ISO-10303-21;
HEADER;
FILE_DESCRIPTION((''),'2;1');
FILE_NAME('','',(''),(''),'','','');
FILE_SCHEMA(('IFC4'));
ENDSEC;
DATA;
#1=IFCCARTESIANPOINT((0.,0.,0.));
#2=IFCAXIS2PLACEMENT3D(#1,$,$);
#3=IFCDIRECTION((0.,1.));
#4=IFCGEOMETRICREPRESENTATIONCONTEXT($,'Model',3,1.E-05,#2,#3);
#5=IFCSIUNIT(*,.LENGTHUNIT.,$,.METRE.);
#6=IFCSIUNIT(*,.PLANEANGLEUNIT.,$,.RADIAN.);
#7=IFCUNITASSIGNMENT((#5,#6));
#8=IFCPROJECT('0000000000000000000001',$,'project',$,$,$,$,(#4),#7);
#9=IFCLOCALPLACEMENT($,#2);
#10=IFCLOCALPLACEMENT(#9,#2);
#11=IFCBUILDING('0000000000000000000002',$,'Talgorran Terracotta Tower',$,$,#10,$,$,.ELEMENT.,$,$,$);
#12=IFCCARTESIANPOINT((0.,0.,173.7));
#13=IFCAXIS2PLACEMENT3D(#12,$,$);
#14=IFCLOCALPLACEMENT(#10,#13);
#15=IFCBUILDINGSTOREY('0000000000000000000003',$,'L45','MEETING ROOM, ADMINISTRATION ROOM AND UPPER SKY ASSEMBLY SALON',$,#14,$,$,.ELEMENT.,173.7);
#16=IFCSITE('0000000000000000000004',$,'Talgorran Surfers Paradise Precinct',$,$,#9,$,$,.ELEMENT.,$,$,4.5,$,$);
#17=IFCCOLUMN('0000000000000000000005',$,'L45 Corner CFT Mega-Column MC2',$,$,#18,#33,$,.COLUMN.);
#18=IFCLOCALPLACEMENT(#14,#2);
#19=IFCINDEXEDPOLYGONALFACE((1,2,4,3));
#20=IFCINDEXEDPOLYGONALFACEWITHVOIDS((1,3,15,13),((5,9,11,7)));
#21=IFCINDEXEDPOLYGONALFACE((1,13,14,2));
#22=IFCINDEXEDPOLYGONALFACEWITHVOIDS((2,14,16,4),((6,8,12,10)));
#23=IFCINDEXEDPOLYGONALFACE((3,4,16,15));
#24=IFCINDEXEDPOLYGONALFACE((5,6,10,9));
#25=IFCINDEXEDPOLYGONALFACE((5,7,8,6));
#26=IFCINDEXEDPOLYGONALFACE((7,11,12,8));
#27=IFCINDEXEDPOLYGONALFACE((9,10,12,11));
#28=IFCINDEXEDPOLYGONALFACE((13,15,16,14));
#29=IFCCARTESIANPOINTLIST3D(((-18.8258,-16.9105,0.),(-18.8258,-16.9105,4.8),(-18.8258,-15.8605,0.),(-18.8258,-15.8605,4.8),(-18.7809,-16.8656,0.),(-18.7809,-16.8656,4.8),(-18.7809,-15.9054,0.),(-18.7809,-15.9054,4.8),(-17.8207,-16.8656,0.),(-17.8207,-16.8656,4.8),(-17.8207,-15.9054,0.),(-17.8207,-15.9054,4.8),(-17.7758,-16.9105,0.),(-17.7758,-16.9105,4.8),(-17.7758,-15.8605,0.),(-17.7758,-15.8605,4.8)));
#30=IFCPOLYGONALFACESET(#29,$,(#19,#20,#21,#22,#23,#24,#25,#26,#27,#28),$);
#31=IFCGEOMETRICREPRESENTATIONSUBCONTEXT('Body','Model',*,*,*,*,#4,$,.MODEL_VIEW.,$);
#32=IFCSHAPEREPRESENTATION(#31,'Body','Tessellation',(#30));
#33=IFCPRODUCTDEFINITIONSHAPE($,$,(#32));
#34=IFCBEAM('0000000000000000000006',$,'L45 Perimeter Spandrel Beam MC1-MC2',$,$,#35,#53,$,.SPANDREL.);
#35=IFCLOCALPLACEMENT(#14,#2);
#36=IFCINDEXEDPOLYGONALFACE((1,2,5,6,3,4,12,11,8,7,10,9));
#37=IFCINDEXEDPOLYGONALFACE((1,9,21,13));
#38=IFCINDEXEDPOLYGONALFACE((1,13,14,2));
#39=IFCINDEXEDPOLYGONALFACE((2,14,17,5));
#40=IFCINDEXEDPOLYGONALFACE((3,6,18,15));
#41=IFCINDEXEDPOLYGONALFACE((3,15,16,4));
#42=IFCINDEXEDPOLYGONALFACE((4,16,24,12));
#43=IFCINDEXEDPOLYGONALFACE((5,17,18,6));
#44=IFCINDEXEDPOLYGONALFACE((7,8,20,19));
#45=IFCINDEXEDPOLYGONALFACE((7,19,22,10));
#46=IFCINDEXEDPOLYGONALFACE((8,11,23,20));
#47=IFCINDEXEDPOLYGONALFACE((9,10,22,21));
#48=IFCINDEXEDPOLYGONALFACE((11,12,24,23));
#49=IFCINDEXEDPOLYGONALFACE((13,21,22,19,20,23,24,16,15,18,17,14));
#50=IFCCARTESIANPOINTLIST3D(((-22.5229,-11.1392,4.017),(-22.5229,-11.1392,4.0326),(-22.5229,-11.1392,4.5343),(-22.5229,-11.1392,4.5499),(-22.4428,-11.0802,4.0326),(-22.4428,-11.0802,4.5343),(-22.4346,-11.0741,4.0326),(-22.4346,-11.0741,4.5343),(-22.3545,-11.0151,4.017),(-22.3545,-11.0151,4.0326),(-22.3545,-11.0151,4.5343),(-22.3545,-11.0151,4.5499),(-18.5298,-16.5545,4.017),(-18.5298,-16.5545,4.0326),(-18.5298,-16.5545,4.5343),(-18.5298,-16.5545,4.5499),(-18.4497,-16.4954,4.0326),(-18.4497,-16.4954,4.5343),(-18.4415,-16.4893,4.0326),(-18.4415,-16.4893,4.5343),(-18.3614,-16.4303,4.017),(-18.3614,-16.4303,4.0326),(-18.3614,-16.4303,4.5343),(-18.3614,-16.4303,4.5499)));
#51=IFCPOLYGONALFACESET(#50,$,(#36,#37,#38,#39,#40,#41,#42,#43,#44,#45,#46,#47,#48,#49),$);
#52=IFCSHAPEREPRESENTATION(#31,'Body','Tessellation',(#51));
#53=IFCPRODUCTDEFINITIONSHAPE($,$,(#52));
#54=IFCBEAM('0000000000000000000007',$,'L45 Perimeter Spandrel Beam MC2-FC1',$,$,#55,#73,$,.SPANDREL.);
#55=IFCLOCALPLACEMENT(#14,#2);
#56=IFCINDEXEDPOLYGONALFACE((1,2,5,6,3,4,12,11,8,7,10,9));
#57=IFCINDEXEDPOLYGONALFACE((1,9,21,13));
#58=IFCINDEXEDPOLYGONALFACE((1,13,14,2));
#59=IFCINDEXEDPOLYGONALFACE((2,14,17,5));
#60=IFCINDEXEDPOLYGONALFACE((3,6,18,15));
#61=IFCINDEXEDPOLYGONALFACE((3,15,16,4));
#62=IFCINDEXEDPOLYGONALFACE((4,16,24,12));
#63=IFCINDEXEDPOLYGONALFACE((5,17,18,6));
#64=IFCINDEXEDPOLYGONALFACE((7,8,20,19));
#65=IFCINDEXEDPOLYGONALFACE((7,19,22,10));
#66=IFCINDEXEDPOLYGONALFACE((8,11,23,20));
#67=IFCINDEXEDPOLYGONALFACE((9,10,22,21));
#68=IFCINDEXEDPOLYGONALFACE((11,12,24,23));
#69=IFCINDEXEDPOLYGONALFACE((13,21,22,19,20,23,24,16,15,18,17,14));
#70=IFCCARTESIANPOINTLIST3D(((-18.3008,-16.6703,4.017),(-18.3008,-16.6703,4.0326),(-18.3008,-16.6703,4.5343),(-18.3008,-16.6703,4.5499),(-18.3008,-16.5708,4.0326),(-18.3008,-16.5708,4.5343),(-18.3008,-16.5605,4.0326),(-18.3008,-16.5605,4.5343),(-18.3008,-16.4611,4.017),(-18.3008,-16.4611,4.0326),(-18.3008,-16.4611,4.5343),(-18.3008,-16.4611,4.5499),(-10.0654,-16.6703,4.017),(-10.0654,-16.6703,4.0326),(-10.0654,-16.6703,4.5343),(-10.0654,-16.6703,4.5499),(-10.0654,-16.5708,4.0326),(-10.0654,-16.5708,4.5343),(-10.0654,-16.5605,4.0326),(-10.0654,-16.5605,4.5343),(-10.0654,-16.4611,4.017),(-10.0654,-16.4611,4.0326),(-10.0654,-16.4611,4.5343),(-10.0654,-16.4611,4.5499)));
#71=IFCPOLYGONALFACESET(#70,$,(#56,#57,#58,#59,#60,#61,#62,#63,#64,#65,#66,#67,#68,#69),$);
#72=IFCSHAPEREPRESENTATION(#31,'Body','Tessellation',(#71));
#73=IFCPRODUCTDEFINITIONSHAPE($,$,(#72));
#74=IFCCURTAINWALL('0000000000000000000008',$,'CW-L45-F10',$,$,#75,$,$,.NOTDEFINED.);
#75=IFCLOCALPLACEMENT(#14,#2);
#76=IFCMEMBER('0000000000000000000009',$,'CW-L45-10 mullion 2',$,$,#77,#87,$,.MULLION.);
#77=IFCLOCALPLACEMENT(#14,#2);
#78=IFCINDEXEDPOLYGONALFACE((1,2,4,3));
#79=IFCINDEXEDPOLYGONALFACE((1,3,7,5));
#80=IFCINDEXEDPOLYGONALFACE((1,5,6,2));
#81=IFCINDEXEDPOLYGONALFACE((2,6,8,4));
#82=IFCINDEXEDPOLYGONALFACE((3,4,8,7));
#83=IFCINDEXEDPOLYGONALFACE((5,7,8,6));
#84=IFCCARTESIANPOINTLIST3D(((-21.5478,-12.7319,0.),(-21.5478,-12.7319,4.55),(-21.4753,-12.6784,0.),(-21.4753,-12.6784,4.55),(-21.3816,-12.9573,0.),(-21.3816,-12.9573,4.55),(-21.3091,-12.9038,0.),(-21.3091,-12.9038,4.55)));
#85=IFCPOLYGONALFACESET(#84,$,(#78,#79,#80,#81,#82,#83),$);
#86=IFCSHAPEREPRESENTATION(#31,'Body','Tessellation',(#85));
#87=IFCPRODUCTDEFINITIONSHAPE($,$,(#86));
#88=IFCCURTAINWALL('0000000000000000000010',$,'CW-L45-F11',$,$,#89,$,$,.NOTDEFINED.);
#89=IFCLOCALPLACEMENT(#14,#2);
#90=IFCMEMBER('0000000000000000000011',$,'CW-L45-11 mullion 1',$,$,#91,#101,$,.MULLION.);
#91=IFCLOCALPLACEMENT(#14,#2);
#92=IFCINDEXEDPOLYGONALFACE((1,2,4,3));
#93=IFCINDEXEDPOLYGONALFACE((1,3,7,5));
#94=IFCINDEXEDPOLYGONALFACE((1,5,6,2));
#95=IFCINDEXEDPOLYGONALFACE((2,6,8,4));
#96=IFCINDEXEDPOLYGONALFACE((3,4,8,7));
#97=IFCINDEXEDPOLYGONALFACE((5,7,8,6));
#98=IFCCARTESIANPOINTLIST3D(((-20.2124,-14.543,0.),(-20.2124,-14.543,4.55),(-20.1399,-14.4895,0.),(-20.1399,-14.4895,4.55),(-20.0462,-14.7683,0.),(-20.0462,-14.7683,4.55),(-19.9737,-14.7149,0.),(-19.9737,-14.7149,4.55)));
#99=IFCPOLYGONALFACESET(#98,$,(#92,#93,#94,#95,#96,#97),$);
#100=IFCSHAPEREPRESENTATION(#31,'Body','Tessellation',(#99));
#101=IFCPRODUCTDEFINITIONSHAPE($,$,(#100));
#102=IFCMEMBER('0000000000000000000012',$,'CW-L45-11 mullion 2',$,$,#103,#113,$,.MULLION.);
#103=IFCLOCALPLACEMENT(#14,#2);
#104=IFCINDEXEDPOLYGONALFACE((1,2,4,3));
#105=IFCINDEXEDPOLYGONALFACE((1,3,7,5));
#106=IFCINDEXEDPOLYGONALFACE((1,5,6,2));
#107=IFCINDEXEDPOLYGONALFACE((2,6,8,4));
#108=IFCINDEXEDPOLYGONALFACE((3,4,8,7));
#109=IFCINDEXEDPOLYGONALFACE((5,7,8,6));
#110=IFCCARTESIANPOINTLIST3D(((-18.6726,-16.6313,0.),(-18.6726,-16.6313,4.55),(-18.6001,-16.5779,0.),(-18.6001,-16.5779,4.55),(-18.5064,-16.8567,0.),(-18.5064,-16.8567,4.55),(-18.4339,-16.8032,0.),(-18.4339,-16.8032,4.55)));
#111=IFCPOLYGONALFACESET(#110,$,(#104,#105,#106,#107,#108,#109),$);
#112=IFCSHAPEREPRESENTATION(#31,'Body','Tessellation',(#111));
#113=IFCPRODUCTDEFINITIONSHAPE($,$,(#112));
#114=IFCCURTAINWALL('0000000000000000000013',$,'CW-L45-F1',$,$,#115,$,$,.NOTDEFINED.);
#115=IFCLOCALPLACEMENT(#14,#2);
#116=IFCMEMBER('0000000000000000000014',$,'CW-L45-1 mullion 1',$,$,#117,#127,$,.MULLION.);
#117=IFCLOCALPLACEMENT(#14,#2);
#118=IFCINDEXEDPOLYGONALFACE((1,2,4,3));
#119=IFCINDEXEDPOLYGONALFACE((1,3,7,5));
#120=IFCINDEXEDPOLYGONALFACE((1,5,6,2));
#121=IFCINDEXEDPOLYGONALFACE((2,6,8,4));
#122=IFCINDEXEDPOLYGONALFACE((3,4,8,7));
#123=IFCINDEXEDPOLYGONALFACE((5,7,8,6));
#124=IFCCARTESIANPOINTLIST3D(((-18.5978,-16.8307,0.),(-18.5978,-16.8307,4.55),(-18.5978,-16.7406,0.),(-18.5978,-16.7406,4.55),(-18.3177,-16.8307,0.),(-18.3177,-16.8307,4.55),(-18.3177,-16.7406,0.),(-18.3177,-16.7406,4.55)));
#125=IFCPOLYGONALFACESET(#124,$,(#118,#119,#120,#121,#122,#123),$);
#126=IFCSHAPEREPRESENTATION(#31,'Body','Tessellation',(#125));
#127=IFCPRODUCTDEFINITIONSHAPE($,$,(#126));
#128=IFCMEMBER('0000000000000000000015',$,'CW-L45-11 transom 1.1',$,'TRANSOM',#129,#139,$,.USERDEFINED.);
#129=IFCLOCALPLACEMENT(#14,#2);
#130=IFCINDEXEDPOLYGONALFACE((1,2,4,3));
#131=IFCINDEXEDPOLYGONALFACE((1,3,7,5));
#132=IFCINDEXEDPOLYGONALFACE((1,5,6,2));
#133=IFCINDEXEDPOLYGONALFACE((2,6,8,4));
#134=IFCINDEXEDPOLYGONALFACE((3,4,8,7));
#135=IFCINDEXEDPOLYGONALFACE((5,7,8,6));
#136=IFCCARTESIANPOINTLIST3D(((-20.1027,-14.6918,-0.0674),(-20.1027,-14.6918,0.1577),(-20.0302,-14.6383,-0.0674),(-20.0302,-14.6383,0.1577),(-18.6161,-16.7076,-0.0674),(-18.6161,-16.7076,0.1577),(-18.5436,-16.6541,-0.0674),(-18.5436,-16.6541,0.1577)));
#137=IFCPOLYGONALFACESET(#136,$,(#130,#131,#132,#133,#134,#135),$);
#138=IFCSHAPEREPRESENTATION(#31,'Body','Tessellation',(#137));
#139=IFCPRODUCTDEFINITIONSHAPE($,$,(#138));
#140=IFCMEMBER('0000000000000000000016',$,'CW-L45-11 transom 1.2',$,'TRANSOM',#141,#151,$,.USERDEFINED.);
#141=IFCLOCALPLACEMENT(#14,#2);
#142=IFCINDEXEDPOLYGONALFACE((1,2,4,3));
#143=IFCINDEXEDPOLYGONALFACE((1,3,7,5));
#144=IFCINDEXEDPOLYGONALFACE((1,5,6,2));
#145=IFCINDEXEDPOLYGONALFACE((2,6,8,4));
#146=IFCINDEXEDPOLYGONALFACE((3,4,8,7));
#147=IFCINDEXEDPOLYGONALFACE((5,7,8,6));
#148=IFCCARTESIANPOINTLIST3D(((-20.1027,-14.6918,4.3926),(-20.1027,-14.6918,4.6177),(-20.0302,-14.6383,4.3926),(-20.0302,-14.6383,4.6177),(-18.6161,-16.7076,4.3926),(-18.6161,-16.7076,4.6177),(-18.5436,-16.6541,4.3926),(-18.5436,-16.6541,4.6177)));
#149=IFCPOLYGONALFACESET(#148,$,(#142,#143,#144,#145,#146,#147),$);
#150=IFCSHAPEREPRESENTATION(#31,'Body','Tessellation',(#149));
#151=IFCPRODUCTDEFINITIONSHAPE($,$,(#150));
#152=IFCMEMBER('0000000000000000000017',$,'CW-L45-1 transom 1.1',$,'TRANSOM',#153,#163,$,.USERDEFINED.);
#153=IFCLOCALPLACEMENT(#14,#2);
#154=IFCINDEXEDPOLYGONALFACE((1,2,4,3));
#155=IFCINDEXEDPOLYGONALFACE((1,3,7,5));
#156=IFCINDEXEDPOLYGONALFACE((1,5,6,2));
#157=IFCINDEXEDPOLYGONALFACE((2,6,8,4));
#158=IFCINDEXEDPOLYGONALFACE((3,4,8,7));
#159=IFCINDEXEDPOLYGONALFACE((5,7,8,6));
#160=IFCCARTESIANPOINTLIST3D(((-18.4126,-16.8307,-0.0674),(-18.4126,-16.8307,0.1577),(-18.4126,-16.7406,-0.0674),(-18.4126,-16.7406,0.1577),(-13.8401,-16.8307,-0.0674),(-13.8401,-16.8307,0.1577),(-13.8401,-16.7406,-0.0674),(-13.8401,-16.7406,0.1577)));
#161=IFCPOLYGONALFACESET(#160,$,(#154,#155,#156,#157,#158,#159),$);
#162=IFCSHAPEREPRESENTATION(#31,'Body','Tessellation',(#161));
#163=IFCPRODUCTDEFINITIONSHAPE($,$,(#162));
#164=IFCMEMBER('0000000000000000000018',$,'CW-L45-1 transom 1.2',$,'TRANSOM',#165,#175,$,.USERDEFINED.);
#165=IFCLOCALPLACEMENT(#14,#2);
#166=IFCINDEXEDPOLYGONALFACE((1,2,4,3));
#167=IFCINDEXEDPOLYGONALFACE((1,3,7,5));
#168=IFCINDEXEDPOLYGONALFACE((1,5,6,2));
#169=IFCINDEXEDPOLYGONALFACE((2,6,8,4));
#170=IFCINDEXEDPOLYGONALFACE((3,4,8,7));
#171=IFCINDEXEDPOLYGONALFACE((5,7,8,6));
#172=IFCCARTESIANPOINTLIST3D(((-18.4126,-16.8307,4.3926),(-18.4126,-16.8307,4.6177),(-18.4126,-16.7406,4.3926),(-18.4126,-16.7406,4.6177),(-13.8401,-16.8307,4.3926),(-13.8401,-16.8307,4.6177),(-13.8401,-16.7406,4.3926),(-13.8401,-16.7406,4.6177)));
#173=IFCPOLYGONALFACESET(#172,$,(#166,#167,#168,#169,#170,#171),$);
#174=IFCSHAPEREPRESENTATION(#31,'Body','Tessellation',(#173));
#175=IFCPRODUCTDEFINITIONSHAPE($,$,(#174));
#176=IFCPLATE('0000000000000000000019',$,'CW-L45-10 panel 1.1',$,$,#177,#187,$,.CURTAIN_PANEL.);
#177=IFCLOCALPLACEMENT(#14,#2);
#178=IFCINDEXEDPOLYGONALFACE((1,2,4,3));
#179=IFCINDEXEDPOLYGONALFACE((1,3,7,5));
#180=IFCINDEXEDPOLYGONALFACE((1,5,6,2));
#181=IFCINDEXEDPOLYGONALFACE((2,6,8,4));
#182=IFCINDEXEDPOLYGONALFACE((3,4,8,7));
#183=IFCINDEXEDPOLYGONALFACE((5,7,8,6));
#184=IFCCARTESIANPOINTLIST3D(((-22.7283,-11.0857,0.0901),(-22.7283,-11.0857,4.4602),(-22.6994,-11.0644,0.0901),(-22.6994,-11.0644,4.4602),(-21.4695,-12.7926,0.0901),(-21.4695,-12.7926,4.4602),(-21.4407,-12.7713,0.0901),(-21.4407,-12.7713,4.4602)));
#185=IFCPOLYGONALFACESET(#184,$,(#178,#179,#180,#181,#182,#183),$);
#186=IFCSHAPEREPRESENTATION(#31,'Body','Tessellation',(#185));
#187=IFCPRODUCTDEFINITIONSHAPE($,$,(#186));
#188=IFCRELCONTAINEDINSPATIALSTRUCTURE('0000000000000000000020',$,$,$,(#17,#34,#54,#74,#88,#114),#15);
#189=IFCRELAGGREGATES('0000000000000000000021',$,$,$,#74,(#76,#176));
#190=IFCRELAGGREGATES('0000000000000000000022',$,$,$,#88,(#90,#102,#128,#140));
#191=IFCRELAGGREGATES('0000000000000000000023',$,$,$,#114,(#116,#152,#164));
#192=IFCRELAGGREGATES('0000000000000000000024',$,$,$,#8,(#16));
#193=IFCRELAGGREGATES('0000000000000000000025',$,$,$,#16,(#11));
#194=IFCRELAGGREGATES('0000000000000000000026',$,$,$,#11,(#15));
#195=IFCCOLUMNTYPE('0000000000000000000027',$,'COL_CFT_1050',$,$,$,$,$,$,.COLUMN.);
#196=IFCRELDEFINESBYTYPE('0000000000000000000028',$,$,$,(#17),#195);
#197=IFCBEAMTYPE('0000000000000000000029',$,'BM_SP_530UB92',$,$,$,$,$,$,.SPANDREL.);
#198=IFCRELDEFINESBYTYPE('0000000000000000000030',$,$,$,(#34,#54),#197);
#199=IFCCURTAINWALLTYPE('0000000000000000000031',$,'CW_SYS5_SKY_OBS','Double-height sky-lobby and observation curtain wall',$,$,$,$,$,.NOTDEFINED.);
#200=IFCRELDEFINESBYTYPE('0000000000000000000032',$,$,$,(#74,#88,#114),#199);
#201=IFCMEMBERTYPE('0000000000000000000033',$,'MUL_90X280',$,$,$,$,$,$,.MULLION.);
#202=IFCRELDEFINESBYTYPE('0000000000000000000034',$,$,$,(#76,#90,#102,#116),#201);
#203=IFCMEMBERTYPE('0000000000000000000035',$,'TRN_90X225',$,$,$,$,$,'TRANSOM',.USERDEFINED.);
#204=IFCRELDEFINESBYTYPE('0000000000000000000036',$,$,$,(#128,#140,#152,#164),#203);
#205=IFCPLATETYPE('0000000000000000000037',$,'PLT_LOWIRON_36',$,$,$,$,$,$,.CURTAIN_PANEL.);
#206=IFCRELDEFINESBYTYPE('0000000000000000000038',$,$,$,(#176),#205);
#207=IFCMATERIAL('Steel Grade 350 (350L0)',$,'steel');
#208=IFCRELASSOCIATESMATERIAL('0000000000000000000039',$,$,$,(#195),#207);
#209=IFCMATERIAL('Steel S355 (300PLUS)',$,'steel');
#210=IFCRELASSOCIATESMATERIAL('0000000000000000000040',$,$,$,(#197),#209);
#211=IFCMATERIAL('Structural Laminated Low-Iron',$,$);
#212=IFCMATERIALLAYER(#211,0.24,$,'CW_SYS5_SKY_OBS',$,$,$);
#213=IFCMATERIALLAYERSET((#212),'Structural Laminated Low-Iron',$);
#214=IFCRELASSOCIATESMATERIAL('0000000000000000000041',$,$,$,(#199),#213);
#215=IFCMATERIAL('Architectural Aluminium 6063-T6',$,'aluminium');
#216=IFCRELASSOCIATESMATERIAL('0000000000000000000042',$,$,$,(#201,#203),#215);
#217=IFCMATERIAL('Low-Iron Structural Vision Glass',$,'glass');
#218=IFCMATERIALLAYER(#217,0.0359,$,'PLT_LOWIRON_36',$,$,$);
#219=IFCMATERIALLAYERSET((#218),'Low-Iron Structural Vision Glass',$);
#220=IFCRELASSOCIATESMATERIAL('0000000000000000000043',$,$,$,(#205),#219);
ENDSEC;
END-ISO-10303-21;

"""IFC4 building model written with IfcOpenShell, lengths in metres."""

from ifc_helpers import new_model, si_unit, direction, frame, origin, origin_2d, place, context, subcontext, project, spatial, rectangle, hollow_rectangle, i_section, extrude, source, transform, mapped, material, layer, layer_set, material_profile, profile_set, type_object, element, aggregate, save


model = new_model("IFC4")

# Units and contexts
model_context = context("Model", 3, precision=1e-05, world=origin(), true_north=direction((0.0, 1.0)))
body_context = subcontext(model_context, "Body", "Model", "MODEL_VIEW")
ifc_project = project(units=[si_unit("LENGTHUNIT", "METRE"), si_unit("PLANEANGLEUNIT", "RADIAN")], contexts=[model_context])

# Site, building, storey
site_placement = place(None, origin())
site = spatial("IfcSite", under=ifc_project, at=site_placement, Name="Talgorran Surfers Paradise Precinct", CompositionType="ELEMENT", RefElevation=4.5)
building_placement = place(site_placement, origin())
building = spatial("IfcBuilding", under=site, at=building_placement, Name="Talgorran Terracotta Tower", CompositionType="ELEMENT")
storey_placement = place(building_placement, frame((0.0, 0.0, 173.7)))
storey = spatial("IfcBuildingStorey", under=building, at=storey_placement, Name="L45", Description="MEETING ROOM, ADMINISTRATION ROOM AND UPPER SKY ASSEMBLY SALON", CompositionType="ELEMENT", Elevation=173.7)

# Column
ifc_material_1 = material(Name="Steel Grade 350 (350L0)", Category="steel")
ifc_material_profile_1 = material_profile(ifc_material_1, hollow_rectangle(XDim=1.05, YDim=1.05, WallThickness=0.0449, at=origin_2d()), Name="CFT1050X1050X45")
ifc_profile_set_1 = profile_set([ifc_material_profile_1], Name="Steel Grade 350 (350L0)")
column_type = type_object("IfcColumnType", Name="COL_CFT_1050", PredefinedType="COLUMN", material=ifc_profile_set_1)
column_placement = place(storey_placement, frame((-18.3008, -16.3855, 0.0), z_axis=(0.0, 0.0, 1.0), x_axis=(1.0, 0.0, 0.0)))
element("IfcColumn", 1, at=column_placement, inside=storey, type_object=column_type, Name="L45 Corner CFT Mega-Column MC2", PredefinedType="COLUMN", context=body_context, shape_type="SweptSolid", body=[
    extrude(hollow_rectangle(XDim=1.05, YDim=1.05, WallThickness=0.0449, at=origin_2d()), origin(), (0.0, 0.0, 1.0), 4.8),
])

# Beams
ifc_material_2 = material(Name="Steel S355 (300PLUS)", Category="steel")
ifc_material_profile_2 = material_profile(ifc_material_2, i_section(OverallWidth=0.2092, OverallDepth=0.533, WebThickness=0.0103, FlangeThickness=0.0156, at=origin_2d()), Name="530UB92.4")
ifc_profile_set_2 = profile_set([ifc_material_profile_2], Name="Steel S355 (300PLUS)")
beam_type = type_object("IfcBeamType", Name="BM_SP_530UB92", PredefinedType="SPANDREL", material=ifc_profile_set_2)
beam_1_placement = place(storey_placement, frame((-22.4387, -11.0771, 4.2834), z_axis=(0.593484, -0.804846, 0.0), x_axis=(0.804846, 0.593484, 0.0)))
element("IfcBeam", 2, at=beam_1_placement, inside=storey, type_object=beam_type, Name="L45 Perimeter Spandrel Beam MC1-MC2", PredefinedType="SPANDREL", context=body_context, shape_type="SweptSolid", body=[
    extrude(i_section(OverallWidth=0.2092, OverallDepth=0.533, WebThickness=0.0103, FlangeThickness=0.0156, at=origin_2d()), origin(), (0.0, 0.0, 1.0), 6.7283),
])
beam_2_placement = place(storey_placement, frame((-18.3008, -16.5657, 4.2834), z_axis=(1.0, 0.0, 0.0), x_axis=(0.0, 1.0, 0.0)))
element("IfcBeam", 3, at=beam_2_placement, inside=storey, type_object=beam_type, Name="L45 Perimeter Spandrel Beam MC2-FC1", PredefinedType="SPANDREL", context=body_context, shape_type="SweptSolid", body=[
    extrude(i_section(OverallWidth=0.2092, OverallDepth=0.533, WebThickness=0.0103, FlangeThickness=0.0156, at=origin_2d()), origin(), (0.0, 0.0, 1.0), 8.2354),
])

# Curtain wall, member
ifc_material_3 = material(Name="Structural Laminated Low-Iron")
ifc_layer_1 = layer(ifc_material_3, 0.24, Name="CW_SYS5_SKY_OBS")
ifc_layer_set_1 = layer_set([ifc_layer_1], Name="Structural Laminated Low-Iron")
curtain_wall_type = type_object("IfcCurtainWallType", Name="CW_SYS5_SKY_OBS", Description="Double-height sky-lobby and observation curtain wall", PredefinedType="NOTDEFINED", material=ifc_layer_set_1)
curtain_wall_1_placement = place(storey_placement, origin())
curtain_wall_1 = element("IfcCurtainWall", 4, at=curtain_wall_1_placement, inside=storey, type_object=curtain_wall_type, Name="CW-L45-F10", PredefinedType="NOTDEFINED")
ifc_material_4 = material(Name="Architectural Aluminium 6063-T6", Category="aluminium")
ifc_material_profile_3 = material_profile(ifc_material_4, rectangle(XDim=0.0901, YDim=0.28, at=origin_2d()), Name="CWM90X280")
ifc_profile_set_3 = profile_set([ifc_material_profile_3], Name="Architectural Aluminium 6063-T6")
member_type_1 = type_object("IfcMemberType", Name="MUL_90X280", PredefinedType="MULLION", material=ifc_profile_set_3)
member_1_placement = place(storey_placement, frame((-21.4285, -12.8179, 0.0), z_axis=(0.0, 0.0, 1.0), x_axis=(0.80483, 0.593506, 0.0)))
member_1 = element("IfcMember", 5, at=member_1_placement, type_object=member_type_1, Name="CW-L45-10 mullion 2", PredefinedType="MULLION", context=body_context, shape_type="SweptSolid", body=[
    extrude(rectangle(XDim=0.0901, YDim=0.28, at=origin_2d()), origin(), (0.0, 0.0, 1.0), 4.55),
])

# Curtain wall, members
curtain_wall_2_placement = place(storey_placement, origin())
curtain_wall_2 = element("IfcCurtainWall", 6, at=curtain_wall_2_placement, inside=storey, type_object=curtain_wall_type, Name="CW-L45-F11", PredefinedType="NOTDEFINED")
member_2_placement = place(storey_placement, frame((-20.093, -14.6289, 0.0), z_axis=(0.0, 0.0, 1.0), x_axis=(0.804824, 0.593514, 0.0)))
member_2 = element("IfcMember", 7, at=member_2_placement, type_object=member_type_1, Name="CW-L45-11 mullion 1", PredefinedType="MULLION", context=body_context, shape_type="SweptSolid", body=[
    extrude(rectangle(XDim=0.0901, YDim=0.28, at=origin_2d()), origin(), (0.0, 0.0, 1.0), 4.55),
])
member_3_placement = place(storey_placement, frame((-18.5532, -16.7173, 0.0), z_axis=(0.0, 0.0, 1.0), x_axis=(0.804824, 0.593514, 0.0)))
member_3 = element("IfcMember", 8, at=member_3_placement, type_object=member_type_1, Name="CW-L45-11 mullion 2", PredefinedType="MULLION", context=body_context, shape_type="SweptSolid", body=[
    extrude(rectangle(XDim=0.0901, YDim=0.28, at=origin_2d()), origin(), (0.0, 0.0, 1.0), 4.55),
])

# Curtain wall, member
curtain_wall_3_placement = place(storey_placement, origin())
curtain_wall_3 = element("IfcCurtainWall", 9, at=curtain_wall_3_placement, inside=storey, type_object=curtain_wall_type, Name="CW-L45-F1", PredefinedType="NOTDEFINED")
member_4_placement = place(storey_placement, frame((-18.4578, -16.7856, 0.0), z_axis=(0.0, 0.0, 1.0), x_axis=(0.0, 1.0, 0.0)))
member_4 = element("IfcMember", 10, at=member_4_placement, type_object=member_type_1, Name="CW-L45-1 mullion 1", PredefinedType="MULLION", context=body_context, shape_type="SweptSolid", body=[
    extrude(rectangle(XDim=0.0901, YDim=0.28, at=origin_2d()), origin(), (0.0, 0.0, 1.0), 4.55),
])

# Members
ifc_material_profile_4 = material_profile(ifc_material_4, rectangle(XDim=0.0901, YDim=0.2251, at=origin_2d()), Name="CWT90X225")
ifc_profile_set_4 = profile_set([ifc_material_profile_4], Name="Architectural Aluminium 6063-T6")
member_type_2 = type_object("IfcMemberType", Name="TRN_90X225", ElementType="TRANSOM", PredefinedType="USERDEFINED", material=ifc_profile_set_4)
member_5_placement = place(storey_placement, frame((-20.0664, -14.665, 0.0452), z_axis=(0.593508, -0.804828, 0.0), x_axis=(0.804828, 0.593508, 0.0)))
member_5 = element("IfcMember", 11, at=member_5_placement, type_object=member_type_2, Name="CW-L45-11 transom 1.1", ObjectType="TRANSOM", PredefinedType="USERDEFINED", context=body_context, shape_type="SweptSolid", body=[
    extrude(rectangle(XDim=0.0901, YDim=0.2251, at=origin_2d()), origin(), (0.0, 0.0, 1.0), 2.5046),
])
member_6_placement = place(storey_placement, frame((-20.0664, -14.665, 4.5051), z_axis=(0.593508, -0.804828, 0.0), x_axis=(0.804828, 0.593508, 0.0)))
member_6 = element("IfcMember", 12, at=member_6_placement, type_object=member_type_2, Name="CW-L45-11 transom 1.2", ObjectType="TRANSOM", PredefinedType="USERDEFINED", context=body_context, shape_type="SweptSolid", body=[
    extrude(rectangle(XDim=0.0901, YDim=0.2251, at=origin_2d()), origin(), (0.0, 0.0, 1.0), 2.5046),
])
member_7_placement = place(storey_placement, frame((-18.4126, -16.7856, 0.0452), z_axis=(1.0, 0.0, 0.0), x_axis=(0.0, 1.0, 0.0)))
member_7 = element("IfcMember", 13, at=member_7_placement, type_object=member_type_2, Name="CW-L45-1 transom 1.1", ObjectType="TRANSOM", PredefinedType="USERDEFINED", context=body_context, shape_type="SweptSolid", body=[
    extrude(rectangle(XDim=0.0901, YDim=0.2251, at=origin_2d()), origin(), (0.0, 0.0, 1.0), 4.5725),
])
member_8_placement = place(storey_placement, frame((-18.4126, -16.7856, 4.5051), z_axis=(1.0, 0.0, 0.0), x_axis=(0.0, 1.0, 0.0)))
member_8 = element("IfcMember", 14, at=member_8_placement, type_object=member_type_2, Name="CW-L45-1 transom 1.2", ObjectType="TRANSOM", PredefinedType="USERDEFINED", context=body_context, shape_type="SweptSolid", body=[
    extrude(rectangle(XDim=0.0901, YDim=0.2251, at=origin_2d()), origin(), (0.0, 0.0, 1.0), 4.5725),
])

# Plate
ifc_material_5 = material(Name="Low-Iron Structural Vision Glass", Category="glass")
ifc_layer_2 = layer(ifc_material_5, 0.0359, Name="PLT_LOWIRON_36")
ifc_layer_set_2 = layer_set([ifc_layer_2], Name="Low-Iron Structural Vision Glass")
plate_type = type_object("IfcPlateType", Name="PLT_LOWIRON_36", PredefinedType="CURTAIN_PANEL", material=ifc_layer_set_2)
shared_shape_1 = source(origin(), body_context, "Body", "SweptSolid", [
    extrude(rectangle(XDim=2.1208, YDim=0.0359, at=origin_2d()), origin(), (0.0, 0.0, 1.0), 4.3701),
])
plate_1_placement = place(storey_placement, frame((-22.0845, -11.9285, 0.0901), z_axis=(0.0, 0.0, 1.0), x_axis=(0.593506, -0.80483, 0.0)))
plate_1 = element("IfcPlate", 15, at=plate_1_placement, type_object=plate_type, Name="CW-L45-10 panel 1.1", PredefinedType="CURTAIN_PANEL", context=body_context, shape_type="MappedRepresentation", body=[
    mapped(shared_shape_1, transform((0.0, 0.0, 0.0), scale=1.0)),
])
aggregate(curtain_wall_1, [member_1, plate_1])
aggregate(curtain_wall_2, [member_2, member_3, member_5, member_6])
aggregate(curtain_wall_3, [member_4, member_7, member_8])

save(model, "model.ifc")
